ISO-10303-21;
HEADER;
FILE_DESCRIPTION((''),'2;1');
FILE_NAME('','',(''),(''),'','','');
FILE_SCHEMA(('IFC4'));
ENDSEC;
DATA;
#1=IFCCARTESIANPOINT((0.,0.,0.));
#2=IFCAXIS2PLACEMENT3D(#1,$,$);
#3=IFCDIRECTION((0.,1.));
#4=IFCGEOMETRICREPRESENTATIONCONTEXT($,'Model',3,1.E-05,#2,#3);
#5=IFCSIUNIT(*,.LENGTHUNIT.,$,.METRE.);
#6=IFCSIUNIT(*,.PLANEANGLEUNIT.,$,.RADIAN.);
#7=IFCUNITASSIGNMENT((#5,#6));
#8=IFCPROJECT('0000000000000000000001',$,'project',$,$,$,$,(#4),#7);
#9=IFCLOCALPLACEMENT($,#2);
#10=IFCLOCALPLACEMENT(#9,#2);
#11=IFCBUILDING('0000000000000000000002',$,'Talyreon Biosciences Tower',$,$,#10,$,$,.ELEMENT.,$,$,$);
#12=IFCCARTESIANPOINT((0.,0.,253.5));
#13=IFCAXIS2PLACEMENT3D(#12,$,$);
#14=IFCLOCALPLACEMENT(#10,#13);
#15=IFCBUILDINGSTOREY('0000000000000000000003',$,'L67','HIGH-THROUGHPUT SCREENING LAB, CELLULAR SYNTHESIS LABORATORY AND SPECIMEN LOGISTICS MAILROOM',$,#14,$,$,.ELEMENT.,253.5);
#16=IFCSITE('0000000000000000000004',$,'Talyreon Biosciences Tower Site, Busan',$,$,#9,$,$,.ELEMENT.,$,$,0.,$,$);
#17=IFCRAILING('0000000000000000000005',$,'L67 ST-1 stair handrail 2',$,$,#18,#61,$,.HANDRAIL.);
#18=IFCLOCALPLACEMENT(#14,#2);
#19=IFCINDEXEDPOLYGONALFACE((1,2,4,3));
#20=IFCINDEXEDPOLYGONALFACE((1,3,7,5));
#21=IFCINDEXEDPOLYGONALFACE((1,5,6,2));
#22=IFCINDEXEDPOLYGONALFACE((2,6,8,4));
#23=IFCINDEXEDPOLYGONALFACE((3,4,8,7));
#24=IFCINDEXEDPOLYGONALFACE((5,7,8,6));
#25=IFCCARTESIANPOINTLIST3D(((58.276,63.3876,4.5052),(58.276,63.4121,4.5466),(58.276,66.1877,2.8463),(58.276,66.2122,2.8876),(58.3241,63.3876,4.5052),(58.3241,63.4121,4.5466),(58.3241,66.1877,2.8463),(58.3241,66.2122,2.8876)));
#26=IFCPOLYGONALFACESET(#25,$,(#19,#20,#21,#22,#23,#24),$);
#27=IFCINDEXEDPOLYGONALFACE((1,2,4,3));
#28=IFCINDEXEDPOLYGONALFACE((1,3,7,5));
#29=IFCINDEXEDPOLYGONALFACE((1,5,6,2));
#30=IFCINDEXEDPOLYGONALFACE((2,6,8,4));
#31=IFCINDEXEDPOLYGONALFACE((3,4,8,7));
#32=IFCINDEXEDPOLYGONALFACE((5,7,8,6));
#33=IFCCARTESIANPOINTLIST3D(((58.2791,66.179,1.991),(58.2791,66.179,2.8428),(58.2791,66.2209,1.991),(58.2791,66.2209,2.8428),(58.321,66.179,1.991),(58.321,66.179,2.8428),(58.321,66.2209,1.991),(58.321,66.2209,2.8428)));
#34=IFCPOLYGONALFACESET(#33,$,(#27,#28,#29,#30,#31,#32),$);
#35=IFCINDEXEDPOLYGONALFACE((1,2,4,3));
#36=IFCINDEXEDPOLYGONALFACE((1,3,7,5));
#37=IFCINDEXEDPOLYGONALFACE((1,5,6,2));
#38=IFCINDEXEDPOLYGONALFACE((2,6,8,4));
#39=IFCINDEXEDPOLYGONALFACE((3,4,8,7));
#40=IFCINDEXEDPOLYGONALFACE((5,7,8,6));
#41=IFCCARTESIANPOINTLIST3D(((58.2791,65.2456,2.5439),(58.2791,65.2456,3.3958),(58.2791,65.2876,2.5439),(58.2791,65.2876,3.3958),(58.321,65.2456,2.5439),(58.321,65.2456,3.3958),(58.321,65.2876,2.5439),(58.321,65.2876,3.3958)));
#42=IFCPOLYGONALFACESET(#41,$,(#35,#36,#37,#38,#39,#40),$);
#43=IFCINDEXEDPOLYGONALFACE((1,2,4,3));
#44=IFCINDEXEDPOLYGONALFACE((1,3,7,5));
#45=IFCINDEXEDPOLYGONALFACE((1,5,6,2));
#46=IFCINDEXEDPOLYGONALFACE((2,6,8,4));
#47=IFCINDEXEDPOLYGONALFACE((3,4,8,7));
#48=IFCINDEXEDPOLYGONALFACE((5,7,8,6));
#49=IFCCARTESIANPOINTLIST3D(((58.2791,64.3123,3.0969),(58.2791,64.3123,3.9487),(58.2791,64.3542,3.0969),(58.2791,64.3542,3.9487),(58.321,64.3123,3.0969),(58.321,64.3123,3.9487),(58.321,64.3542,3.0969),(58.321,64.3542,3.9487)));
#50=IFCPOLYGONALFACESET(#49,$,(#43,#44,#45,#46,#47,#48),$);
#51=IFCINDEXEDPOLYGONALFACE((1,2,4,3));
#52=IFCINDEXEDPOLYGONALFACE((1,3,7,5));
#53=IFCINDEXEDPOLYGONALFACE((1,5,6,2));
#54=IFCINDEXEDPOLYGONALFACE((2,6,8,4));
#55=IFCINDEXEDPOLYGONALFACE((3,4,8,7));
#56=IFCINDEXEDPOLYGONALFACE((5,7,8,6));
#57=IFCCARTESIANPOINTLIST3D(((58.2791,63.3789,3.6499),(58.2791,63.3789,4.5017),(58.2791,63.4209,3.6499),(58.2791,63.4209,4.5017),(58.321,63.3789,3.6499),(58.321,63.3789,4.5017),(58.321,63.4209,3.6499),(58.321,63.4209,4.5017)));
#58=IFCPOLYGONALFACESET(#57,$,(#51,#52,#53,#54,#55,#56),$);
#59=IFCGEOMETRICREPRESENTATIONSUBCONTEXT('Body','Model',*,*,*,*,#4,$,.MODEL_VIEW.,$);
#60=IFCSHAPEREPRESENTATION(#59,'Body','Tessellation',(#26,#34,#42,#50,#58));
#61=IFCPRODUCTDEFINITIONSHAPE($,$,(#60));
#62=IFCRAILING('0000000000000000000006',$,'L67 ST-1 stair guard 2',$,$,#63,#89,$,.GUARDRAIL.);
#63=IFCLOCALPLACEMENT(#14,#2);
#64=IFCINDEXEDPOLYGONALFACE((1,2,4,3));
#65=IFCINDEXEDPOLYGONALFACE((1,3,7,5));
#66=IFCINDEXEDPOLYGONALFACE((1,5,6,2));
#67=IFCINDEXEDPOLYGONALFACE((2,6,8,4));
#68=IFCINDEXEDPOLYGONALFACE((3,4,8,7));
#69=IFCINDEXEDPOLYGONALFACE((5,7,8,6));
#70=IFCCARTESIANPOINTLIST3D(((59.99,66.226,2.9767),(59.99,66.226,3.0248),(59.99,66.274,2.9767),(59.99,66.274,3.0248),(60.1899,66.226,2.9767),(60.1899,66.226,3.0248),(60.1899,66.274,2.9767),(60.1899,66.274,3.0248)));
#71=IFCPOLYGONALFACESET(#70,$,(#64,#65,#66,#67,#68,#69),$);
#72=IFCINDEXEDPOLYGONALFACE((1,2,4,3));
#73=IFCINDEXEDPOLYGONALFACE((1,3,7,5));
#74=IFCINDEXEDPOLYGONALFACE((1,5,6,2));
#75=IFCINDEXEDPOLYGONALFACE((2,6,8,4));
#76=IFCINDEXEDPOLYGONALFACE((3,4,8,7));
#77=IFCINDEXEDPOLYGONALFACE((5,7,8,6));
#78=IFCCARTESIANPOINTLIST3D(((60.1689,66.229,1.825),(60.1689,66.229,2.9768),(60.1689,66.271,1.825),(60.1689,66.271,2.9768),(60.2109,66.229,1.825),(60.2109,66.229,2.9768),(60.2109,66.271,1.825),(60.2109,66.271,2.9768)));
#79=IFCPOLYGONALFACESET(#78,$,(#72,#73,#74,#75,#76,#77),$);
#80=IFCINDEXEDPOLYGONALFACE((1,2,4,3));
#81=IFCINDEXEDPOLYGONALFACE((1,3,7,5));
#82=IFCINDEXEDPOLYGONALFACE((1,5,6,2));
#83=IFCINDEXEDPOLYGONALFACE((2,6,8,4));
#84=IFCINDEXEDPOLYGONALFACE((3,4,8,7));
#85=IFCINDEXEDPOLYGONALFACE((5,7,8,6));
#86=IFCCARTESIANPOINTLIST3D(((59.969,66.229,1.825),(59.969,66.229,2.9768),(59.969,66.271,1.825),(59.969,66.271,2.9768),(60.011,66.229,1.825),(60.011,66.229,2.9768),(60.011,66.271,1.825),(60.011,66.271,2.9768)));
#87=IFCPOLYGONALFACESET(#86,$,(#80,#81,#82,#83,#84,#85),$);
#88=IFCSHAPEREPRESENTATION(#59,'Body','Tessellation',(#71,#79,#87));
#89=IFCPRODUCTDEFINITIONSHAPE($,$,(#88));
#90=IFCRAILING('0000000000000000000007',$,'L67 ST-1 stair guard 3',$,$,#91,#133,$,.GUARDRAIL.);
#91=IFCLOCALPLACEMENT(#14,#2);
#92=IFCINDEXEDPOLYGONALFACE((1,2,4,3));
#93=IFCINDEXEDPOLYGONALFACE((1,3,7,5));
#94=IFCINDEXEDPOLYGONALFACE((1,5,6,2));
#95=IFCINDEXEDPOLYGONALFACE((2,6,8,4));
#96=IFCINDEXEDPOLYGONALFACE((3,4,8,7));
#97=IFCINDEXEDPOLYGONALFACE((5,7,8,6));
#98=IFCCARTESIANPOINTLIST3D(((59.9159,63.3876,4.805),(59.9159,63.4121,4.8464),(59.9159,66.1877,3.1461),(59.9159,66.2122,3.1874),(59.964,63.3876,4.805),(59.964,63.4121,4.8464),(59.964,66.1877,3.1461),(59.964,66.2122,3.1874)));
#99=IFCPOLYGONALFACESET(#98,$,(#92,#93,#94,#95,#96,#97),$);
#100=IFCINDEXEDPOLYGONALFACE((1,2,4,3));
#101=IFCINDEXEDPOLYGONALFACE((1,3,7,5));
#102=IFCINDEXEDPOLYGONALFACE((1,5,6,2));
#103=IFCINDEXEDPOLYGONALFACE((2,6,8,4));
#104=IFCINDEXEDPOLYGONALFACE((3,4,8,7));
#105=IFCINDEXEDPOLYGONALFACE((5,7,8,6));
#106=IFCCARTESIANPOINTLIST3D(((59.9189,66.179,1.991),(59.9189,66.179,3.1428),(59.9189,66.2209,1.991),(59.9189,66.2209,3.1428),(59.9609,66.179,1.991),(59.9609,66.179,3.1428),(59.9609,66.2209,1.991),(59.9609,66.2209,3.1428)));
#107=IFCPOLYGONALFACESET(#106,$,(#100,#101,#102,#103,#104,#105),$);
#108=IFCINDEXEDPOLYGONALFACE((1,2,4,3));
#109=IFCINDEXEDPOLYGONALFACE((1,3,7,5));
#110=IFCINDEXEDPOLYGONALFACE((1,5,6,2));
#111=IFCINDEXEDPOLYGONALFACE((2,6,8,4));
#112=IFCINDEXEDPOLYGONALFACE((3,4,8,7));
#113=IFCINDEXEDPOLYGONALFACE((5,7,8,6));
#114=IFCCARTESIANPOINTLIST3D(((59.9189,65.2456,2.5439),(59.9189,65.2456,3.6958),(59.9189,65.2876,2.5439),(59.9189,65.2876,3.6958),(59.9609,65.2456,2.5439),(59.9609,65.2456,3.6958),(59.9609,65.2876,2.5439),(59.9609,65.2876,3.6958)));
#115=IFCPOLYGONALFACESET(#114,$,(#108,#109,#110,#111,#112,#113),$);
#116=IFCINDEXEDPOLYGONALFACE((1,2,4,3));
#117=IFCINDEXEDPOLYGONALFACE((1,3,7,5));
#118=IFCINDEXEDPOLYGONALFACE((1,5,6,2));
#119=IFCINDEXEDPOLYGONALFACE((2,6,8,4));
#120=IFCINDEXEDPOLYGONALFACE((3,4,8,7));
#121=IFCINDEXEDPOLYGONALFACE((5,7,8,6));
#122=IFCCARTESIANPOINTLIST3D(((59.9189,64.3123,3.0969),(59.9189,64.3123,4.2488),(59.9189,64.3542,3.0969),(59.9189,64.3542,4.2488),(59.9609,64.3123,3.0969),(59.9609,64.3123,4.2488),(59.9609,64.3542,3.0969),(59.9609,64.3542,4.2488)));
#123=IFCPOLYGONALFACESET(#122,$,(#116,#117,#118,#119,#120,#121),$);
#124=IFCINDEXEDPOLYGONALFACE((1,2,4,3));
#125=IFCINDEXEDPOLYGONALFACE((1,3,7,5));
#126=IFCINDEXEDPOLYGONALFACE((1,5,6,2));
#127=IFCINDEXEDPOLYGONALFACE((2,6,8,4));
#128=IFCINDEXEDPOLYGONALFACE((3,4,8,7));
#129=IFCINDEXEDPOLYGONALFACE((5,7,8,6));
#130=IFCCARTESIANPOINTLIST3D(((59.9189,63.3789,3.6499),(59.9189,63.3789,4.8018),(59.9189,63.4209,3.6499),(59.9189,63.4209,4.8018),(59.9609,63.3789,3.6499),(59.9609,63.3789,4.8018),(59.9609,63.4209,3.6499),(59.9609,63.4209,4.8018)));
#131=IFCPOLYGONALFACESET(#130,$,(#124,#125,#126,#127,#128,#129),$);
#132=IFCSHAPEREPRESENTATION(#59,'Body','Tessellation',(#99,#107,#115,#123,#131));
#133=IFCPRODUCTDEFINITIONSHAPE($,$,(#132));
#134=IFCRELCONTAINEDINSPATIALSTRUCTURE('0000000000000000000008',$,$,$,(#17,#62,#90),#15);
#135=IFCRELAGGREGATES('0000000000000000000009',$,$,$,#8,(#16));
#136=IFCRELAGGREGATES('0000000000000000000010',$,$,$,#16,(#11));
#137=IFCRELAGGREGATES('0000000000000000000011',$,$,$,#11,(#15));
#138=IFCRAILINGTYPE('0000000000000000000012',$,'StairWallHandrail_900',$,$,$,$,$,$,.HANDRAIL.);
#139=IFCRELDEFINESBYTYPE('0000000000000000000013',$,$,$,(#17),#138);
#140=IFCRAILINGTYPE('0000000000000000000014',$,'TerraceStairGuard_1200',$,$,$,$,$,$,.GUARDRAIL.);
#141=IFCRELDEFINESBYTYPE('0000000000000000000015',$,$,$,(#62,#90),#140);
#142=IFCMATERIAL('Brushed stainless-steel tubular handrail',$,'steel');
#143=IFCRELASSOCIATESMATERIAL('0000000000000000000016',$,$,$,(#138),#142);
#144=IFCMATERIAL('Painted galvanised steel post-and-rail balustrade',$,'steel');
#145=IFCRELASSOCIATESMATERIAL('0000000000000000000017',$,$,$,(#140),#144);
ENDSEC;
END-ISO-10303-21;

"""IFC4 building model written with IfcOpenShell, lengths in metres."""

from ifc_helpers import new_model, si_unit, direction, frame, origin, origin_2d, place, context, subcontext, project, spatial, rectangle, extrude, material, type_object, element, save


model = new_model("IFC4")

# Units and contexts
model_context = context("Model", 3, precision=1e-05, world=origin(), true_north=direction((0.0, 1.0)))
body_context = subcontext(model_context, "Body", "Model", "MODEL_VIEW")
ifc_project = project(units=[si_unit("LENGTHUNIT", "METRE"), si_unit("PLANEANGLEUNIT", "RADIAN")], contexts=[model_context])

# Site, building, storey
site_placement = place(None, origin())
site = spatial("IfcSite", under=ifc_project, at=site_placement, Name="Talyreon Biosciences Tower Site, Busan", CompositionType="ELEMENT", RefElevation=0.0)
building_placement = place(site_placement, origin())
building = spatial("IfcBuilding", under=site, at=building_placement, Name="Talyreon Biosciences Tower", CompositionType="ELEMENT")
storey_placement = place(building_placement, frame((0.0, 0.0, 253.5)))
storey = spatial("IfcBuildingStorey", under=building, at=storey_placement, Name="L67", Description="HIGH-THROUGHPUT SCREENING LAB, CELLULAR SYNTHESIS LABORATORY AND SPECIMEN LOGISTICS MAILROOM", CompositionType="ELEMENT", Elevation=253.5)

# Railings
ifc_material_1 = material(Name="Brushed stainless-steel tubular handrail", Category="steel")
railing_type_1 = type_object("IfcRailingType", Name="StairWallHandrail_900", PredefinedType="HANDRAIL", material=ifc_material_1)
railing_1_placement = place(storey_placement, frame((58.3, 66.2, 1.991)))
element("IfcRailing", 1, at=railing_1_placement, inside=storey, type_object=railing_type_1, Name="L67 ST-1 stair handrail 2", PredefinedType="HANDRAIL", context=body_context, shape_type="SweptSolid", body=[
    extrude(rectangle(XDim=0.0481, YDim=0.0481, at=origin_2d()), frame((0.0, 0.0, 0.876), z_axis=(0.0, -0.860339, 0.509722), x_axis=(1.0, 0.0, 0.0)), (0.0, 0.0, 1.0), 3.2546),
    extrude(rectangle(XDim=0.042, YDim=0.042, at=origin_2d()), origin(), (0.0, 0.0, 1.0), 0.8518),
    extrude(rectangle(XDim=0.042, YDim=0.042, at=origin_2d()), frame((0.0, -0.9333, 0.553)), (0.0, 0.0, 1.0), 0.8518),
    extrude(rectangle(XDim=0.042, YDim=0.042, at=origin_2d()), frame((0.0, -1.8667, 1.106)), (0.0, 0.0, 1.0), 0.8518),
    extrude(rectangle(XDim=0.042, YDim=0.042, at=origin_2d()), frame((0.0, -2.8, 1.6589)), (0.0, 0.0, 1.0), 0.8518),
])
ifc_material_2 = material(Name="Painted galvanised steel post-and-rail balustrade", Category="steel")
railing_type_2 = type_object("IfcRailingType", Name="TerraceStairGuard_1200", PredefinedType="GUARDRAIL", material=ifc_material_2)
railing_2_placement = place(storey_placement, frame((60.1899, 66.25, 1.825)))
element("IfcRailing", 2, at=railing_2_placement, inside=storey, type_object=railing_type_2, Name="L67 ST-1 stair guard 2", PredefinedType="GUARDRAIL", context=body_context, shape_type="SweptSolid", body=[
    extrude(rectangle(XDim=0.0481, YDim=0.0481, at=origin_2d()), frame((0.0, 0.0, 1.1758), z_axis=(-1.0, 0.0, 0.0), x_axis=(0.0, -1.0, 0.0)), (0.0, 0.0, 1.0), 0.2),
    extrude(rectangle(XDim=0.042, YDim=0.042, at=origin_2d()), origin(), (0.0, 0.0, 1.0), 1.1519),
    extrude(rectangle(XDim=0.042, YDim=0.042, at=origin_2d()), frame((-0.2, 0.0, 0.0)), (0.0, 0.0, 1.0), 1.1519),
])
railing_3_placement = place(storey_placement, frame((59.9399, 66.2, 1.991)))
element("IfcRailing", 3, at=railing_3_placement, inside=storey, type_object=railing_type_2, Name="L67 ST-1 stair guard 3", PredefinedType="GUARDRAIL", context=body_context, shape_type="SweptSolid", body=[
    extrude(rectangle(XDim=0.0481, YDim=0.0481, at=origin_2d()), frame((0.0, 0.0, 1.1758), z_axis=(0.0, -0.860339, 0.509722), x_axis=(1.0, 0.0, 0.0)), (0.0, 0.0, 1.0), 3.2546),
    extrude(rectangle(XDim=0.042, YDim=0.042, at=origin_2d()), origin(), (0.0, 0.0, 1.0), 1.1519),
    extrude(rectangle(XDim=0.042, YDim=0.042, at=origin_2d()), frame((0.0, -0.9333, 0.553)), (0.0, 0.0, 1.0), 1.1519),
    extrude(rectangle(XDim=0.042, YDim=0.042, at=origin_2d()), frame((0.0, -1.8667, 1.106)), (0.0, 0.0, 1.0), 1.1519),
    extrude(rectangle(XDim=0.042, YDim=0.042, at=origin_2d()), frame((0.0, -2.8, 1.6589)), (0.0, 0.0, 1.0), 1.1519),
])

save(model, "model.ifc")
